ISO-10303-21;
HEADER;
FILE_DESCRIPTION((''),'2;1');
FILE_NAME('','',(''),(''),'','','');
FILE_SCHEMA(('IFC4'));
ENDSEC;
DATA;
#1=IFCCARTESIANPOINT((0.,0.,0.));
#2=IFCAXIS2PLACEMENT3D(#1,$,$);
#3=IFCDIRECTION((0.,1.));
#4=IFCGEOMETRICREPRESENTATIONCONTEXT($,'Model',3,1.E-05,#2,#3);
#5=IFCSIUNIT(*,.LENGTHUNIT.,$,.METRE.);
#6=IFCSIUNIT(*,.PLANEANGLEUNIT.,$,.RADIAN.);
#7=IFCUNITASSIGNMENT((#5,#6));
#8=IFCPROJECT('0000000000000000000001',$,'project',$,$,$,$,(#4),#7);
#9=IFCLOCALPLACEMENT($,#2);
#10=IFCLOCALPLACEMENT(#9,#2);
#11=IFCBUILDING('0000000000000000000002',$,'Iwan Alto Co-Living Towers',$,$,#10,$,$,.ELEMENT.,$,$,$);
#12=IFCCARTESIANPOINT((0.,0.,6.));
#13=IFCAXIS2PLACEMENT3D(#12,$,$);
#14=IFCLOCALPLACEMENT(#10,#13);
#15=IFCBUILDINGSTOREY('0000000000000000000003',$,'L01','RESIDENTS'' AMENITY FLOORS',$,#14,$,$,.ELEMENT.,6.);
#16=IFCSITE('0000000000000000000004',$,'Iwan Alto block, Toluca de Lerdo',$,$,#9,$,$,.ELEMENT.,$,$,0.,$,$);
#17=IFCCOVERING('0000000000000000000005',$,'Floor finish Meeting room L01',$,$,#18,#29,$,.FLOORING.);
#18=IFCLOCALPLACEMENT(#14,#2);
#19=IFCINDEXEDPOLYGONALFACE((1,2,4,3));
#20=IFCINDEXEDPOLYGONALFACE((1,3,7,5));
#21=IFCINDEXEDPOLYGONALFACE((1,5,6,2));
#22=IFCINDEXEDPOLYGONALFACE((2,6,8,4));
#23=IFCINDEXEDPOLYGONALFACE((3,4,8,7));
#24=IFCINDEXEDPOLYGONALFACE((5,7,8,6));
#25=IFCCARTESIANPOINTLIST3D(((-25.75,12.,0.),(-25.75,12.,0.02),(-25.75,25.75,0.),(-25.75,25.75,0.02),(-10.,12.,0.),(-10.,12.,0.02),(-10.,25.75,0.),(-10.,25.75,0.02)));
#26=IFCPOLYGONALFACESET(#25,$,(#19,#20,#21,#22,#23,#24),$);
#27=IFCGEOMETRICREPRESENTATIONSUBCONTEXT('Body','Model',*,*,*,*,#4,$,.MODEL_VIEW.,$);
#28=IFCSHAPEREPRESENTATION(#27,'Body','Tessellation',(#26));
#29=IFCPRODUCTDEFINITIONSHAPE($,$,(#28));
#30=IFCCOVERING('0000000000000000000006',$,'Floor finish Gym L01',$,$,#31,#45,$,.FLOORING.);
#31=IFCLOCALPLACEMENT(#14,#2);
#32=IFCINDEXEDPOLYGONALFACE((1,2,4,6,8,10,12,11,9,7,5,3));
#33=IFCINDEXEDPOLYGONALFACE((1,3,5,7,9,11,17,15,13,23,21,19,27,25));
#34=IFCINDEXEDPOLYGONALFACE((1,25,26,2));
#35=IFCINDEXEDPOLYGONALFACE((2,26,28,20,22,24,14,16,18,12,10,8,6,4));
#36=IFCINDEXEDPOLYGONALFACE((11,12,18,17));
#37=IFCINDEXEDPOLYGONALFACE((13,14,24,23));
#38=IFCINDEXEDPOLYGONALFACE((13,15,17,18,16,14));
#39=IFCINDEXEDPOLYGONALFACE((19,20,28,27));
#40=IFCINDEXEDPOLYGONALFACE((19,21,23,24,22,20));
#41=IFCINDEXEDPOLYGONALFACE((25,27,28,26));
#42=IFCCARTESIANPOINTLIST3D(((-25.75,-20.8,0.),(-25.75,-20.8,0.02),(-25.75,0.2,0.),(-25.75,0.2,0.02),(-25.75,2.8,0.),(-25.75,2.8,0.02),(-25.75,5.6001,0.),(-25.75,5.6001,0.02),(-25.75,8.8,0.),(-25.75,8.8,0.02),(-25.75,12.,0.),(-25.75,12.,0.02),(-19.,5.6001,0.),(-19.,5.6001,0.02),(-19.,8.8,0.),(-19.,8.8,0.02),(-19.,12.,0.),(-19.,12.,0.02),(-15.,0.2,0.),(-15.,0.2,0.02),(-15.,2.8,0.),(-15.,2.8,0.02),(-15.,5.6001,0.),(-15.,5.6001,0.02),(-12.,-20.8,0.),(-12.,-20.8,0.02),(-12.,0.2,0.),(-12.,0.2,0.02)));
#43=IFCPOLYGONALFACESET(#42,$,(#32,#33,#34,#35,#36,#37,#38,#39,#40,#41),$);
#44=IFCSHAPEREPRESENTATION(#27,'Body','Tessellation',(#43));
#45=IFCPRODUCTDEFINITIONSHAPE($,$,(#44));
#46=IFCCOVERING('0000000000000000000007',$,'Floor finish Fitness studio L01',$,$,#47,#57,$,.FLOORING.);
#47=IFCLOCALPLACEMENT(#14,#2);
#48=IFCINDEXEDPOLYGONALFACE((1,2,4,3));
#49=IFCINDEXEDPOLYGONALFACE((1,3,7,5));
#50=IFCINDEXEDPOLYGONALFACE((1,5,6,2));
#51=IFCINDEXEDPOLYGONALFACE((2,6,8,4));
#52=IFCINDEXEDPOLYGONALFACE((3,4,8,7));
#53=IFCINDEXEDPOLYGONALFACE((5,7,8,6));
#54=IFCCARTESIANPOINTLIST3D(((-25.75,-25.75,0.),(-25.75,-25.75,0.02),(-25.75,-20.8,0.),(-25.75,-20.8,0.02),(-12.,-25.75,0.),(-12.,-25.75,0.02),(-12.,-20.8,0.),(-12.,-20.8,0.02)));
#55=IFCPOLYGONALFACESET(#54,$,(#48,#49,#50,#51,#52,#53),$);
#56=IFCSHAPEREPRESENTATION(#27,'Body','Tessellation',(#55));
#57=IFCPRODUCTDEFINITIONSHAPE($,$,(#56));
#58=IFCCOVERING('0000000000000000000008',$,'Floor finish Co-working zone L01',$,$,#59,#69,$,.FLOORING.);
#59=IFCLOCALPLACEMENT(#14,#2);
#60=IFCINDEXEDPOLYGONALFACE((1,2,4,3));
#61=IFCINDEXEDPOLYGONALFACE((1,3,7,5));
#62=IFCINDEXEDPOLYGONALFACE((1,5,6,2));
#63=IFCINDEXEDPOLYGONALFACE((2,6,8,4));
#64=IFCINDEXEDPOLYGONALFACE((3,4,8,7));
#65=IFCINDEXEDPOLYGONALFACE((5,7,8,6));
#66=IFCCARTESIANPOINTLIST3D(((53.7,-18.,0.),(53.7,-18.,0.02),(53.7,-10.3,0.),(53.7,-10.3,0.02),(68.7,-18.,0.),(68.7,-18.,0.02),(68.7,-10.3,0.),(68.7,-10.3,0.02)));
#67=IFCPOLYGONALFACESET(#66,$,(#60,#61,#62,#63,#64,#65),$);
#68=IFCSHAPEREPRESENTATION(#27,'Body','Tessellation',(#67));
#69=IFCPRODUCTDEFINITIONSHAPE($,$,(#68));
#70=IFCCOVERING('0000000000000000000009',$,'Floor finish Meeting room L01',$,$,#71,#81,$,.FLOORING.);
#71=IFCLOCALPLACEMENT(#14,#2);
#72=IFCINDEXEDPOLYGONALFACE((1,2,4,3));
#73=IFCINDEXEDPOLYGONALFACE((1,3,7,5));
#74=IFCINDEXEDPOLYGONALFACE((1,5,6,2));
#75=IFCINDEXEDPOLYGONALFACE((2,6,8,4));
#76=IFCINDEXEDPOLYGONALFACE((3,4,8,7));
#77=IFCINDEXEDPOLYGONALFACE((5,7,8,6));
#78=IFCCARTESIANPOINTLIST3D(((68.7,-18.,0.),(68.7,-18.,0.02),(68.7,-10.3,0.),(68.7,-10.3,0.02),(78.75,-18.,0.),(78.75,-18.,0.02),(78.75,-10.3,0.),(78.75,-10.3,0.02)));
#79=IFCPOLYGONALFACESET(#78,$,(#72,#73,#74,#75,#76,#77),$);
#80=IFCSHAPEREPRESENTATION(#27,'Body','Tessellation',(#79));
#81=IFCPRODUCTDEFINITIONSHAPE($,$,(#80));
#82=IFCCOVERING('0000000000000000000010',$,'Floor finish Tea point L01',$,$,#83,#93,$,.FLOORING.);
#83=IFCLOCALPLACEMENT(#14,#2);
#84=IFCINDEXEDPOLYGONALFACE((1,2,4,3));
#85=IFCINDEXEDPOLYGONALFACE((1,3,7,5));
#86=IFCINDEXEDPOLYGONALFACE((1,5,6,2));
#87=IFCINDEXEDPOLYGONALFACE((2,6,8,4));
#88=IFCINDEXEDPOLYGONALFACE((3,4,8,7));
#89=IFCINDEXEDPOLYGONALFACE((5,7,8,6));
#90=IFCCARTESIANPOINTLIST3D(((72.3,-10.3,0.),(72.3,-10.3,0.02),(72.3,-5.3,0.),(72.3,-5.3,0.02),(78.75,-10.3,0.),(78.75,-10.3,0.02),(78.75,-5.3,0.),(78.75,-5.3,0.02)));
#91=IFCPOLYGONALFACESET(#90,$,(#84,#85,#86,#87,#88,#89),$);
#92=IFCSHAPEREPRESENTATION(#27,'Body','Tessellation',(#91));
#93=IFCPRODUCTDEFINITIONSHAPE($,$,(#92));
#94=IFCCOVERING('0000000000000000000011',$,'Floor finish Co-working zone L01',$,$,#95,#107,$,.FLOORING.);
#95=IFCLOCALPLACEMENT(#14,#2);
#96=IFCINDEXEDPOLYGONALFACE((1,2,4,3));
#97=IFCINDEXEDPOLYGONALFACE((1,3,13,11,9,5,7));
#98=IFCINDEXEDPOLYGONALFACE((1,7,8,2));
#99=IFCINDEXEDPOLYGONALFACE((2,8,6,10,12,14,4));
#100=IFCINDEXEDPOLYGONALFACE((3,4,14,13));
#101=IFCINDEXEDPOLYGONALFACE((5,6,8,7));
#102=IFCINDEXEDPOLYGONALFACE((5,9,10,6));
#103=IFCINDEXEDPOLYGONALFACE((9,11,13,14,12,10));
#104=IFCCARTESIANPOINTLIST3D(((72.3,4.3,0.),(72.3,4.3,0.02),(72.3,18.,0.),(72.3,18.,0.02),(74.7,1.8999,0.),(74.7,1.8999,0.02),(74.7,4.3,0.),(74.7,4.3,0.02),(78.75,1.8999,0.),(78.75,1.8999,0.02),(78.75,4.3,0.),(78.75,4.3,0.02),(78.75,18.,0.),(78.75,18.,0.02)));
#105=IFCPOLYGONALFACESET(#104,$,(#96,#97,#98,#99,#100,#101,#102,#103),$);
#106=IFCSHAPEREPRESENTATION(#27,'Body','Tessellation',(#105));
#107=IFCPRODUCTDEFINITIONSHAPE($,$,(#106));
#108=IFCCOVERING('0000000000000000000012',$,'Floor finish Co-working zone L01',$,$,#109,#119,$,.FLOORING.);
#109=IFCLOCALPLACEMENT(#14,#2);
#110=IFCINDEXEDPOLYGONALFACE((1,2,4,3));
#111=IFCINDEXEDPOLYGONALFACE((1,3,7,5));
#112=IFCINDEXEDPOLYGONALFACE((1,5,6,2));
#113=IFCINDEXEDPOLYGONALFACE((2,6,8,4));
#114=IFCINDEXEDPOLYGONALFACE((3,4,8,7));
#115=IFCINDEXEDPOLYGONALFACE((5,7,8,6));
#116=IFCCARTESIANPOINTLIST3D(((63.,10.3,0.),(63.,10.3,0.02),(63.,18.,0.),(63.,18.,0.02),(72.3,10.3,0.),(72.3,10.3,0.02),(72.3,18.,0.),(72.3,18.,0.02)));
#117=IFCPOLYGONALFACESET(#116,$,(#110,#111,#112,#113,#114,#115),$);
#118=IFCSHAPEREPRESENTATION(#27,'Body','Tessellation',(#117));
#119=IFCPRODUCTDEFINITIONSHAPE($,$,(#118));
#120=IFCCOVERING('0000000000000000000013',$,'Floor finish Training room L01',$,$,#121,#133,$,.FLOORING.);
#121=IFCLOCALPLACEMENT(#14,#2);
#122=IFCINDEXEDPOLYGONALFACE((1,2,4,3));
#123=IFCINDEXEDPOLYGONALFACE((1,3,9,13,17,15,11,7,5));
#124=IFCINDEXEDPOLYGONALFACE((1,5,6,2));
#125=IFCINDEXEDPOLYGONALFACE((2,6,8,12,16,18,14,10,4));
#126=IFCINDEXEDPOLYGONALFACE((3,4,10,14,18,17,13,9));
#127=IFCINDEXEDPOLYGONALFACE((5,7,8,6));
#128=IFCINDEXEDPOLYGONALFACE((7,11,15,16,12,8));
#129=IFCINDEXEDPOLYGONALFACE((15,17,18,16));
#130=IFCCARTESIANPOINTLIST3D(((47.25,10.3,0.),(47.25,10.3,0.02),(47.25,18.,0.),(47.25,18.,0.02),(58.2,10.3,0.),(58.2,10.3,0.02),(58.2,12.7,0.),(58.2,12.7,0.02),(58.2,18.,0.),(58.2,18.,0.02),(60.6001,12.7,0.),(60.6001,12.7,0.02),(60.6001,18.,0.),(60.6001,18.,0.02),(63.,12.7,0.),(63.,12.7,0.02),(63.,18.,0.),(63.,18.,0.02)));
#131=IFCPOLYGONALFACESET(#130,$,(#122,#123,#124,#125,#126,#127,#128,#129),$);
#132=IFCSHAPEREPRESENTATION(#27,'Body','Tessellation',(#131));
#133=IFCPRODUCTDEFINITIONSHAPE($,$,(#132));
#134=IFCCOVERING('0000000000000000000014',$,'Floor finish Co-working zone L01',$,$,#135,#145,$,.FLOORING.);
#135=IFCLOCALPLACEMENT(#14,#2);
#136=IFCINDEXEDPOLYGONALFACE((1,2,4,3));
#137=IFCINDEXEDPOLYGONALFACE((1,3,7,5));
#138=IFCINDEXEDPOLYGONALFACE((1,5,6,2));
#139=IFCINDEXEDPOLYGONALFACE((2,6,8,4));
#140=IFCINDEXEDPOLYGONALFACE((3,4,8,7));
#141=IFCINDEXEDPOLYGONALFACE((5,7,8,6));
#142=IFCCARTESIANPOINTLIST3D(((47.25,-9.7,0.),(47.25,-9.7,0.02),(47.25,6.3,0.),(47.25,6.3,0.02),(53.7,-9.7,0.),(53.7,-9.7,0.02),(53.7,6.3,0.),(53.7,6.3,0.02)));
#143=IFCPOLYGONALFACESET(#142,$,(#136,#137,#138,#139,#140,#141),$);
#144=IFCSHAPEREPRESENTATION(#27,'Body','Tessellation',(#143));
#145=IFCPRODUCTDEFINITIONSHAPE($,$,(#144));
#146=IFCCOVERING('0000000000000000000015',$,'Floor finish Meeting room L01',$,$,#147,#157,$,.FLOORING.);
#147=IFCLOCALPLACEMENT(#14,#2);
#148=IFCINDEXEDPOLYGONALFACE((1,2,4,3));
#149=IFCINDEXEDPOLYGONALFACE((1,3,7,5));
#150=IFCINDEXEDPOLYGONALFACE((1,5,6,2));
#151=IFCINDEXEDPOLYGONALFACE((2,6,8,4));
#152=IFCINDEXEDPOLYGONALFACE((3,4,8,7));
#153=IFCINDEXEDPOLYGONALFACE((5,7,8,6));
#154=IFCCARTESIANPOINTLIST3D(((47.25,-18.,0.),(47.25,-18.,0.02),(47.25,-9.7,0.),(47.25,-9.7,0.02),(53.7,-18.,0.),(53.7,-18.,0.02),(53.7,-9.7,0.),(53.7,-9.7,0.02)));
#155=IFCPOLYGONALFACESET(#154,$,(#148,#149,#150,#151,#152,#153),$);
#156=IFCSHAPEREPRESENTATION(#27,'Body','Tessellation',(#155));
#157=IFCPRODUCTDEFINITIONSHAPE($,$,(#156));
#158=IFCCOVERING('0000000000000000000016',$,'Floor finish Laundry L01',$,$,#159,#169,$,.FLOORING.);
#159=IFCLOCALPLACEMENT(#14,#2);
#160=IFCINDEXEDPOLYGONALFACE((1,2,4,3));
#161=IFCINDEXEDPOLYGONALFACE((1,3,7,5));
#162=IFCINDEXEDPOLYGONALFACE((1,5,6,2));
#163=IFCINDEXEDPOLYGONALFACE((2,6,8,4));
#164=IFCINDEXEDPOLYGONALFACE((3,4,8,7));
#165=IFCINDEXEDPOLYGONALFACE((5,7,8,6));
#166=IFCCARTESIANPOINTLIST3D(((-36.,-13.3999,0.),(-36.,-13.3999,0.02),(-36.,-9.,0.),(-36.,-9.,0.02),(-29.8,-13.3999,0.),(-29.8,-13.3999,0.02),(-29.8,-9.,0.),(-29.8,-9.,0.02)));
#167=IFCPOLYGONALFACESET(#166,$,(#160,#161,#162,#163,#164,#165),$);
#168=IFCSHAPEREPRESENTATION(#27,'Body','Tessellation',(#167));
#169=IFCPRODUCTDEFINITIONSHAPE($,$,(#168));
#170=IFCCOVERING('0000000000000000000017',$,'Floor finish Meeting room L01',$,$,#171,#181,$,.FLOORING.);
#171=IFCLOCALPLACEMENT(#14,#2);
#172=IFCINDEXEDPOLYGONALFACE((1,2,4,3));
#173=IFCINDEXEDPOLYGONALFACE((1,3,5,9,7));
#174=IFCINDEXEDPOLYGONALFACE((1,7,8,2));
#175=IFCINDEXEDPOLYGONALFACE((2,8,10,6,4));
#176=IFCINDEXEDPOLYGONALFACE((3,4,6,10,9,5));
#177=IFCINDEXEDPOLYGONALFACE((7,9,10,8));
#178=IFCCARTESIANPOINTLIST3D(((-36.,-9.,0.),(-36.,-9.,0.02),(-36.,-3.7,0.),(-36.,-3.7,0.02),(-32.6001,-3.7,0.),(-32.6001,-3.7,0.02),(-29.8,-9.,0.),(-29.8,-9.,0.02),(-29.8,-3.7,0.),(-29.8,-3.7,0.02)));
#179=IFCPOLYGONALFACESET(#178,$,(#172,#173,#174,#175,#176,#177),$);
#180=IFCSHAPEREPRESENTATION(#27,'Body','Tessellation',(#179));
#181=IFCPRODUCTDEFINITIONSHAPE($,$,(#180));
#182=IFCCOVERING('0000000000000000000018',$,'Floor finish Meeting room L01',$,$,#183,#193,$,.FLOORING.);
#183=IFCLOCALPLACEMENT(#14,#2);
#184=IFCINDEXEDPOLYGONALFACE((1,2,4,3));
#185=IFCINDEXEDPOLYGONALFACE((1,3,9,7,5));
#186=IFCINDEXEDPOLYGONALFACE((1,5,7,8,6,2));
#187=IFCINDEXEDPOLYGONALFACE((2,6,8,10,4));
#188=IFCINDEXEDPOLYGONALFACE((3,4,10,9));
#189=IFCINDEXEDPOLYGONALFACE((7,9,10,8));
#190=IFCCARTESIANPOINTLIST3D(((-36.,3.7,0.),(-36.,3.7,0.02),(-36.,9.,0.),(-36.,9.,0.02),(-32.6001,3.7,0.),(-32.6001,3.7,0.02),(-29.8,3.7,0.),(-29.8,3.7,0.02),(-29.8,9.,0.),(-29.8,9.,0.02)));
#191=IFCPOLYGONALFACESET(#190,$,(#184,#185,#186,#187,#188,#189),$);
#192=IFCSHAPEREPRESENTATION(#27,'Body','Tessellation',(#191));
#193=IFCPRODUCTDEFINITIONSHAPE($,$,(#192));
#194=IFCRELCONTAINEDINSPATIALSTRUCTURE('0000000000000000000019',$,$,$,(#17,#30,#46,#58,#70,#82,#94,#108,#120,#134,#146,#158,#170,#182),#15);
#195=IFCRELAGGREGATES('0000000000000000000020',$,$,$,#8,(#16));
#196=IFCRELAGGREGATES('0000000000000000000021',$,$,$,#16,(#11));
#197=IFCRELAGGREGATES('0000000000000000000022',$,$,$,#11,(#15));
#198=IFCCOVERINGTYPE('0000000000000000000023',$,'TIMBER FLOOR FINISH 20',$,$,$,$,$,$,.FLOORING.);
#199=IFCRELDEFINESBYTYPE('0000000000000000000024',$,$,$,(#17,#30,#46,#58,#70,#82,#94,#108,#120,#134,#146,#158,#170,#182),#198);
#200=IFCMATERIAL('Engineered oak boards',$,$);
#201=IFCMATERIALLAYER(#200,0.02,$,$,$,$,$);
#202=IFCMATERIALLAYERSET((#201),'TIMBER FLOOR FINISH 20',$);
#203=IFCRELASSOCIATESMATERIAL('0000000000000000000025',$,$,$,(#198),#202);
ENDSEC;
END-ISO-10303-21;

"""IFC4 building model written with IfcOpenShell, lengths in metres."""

from ifc_helpers import new_model, si_unit, direction, frame, origin, place, context, subcontext, project, spatial, polyline, outline, extrude, material, layer, layer_set, type_object, element, save


model = new_model("IFC4")

# Units and contexts
model_context = context("Model", 3, precision=1e-05, world=origin(), true_north=direction((0.0, 1.0)))
body_context = subcontext(model_context, "Body", "Model", "MODEL_VIEW")
ifc_project = project(units=[si_unit("LENGTHUNIT", "METRE"), si_unit("PLANEANGLEUNIT", "RADIAN")], contexts=[model_context])

# Site, building, storey
site_placement = place(None, origin())
site = spatial("IfcSite", under=ifc_project, at=site_placement, Name="Iwan Alto block, Toluca de Lerdo", CompositionType="ELEMENT", RefElevation=0.0)
building_placement = place(site_placement, origin())
building = spatial("IfcBuilding", under=site, at=building_placement, Name="Iwan Alto Co-Living Towers", CompositionType="ELEMENT")
storey_placement = place(building_placement, frame((0.0, 0.0, 6.0)))
storey = spatial("IfcBuildingStorey", under=building, at=storey_placement, Name="L01", Description="RESIDENTS' AMENITY FLOORS", CompositionType="ELEMENT", Elevation=6.0)

# Coverings
ifc_material_1 = material(Name="Engineered oak boards")
ifc_layer_1 = layer(ifc_material_1, 0.02)
ifc_layer_set_1 = layer_set([ifc_layer_1], Name="TIMBER FLOOR FINISH 20")
covering_type_1 = type_object("IfcCoveringType", Name="TIMBER FLOOR FINISH 20", PredefinedType="FLOORING", material=ifc_layer_set_1)
covering_1_placement = place(storey_placement, origin())
element("IfcCovering", 1, at=covering_1_placement, inside=storey, type_object=covering_type_1, Name="Floor finish Meeting room L01", PredefinedType="FLOORING", context=body_context, shape_type="SweptSolid", body=[
    extrude(outline(polyline([(-25.75, 12.0), (-25.75, 25.75), (-10.0, 25.75), (-10.0, 12.0), (-25.75, 12.0)])), origin(), (0.0, 0.0, 1.0), 0.02),
])
covering_2_placement = place(storey_placement, origin())
element("IfcCovering", 2, at=covering_2_placement, inside=storey, type_object=covering_type_1, Name="Floor finish Gym L01", PredefinedType="FLOORING", context=body_context, shape_type="SweptSolid", body=[
    extrude(outline(polyline([(-12.0, -20.8), (-25.75, -20.8), (-25.75, 0.2), (-25.75, 2.8), (-25.75, 5.6001), (-25.75, 8.8), (-25.75, 12.0), (-19.0, 12.0), (-19.0, 8.8), (-19.0, 5.6001), (-15.0, 5.6001), (-15.0, 2.8), (-15.0, 0.2), (-12.0, 0.2), (-12.0, -20.8)])), origin(), (0.0, 0.0, 1.0), 0.02),
])
covering_3_placement = place(storey_placement, origin())
element("IfcCovering", 3, at=covering_3_placement, inside=storey, type_object=covering_type_1, Name="Floor finish Fitness studio L01", PredefinedType="FLOORING", context=body_context, shape_type="SweptSolid", body=[
    extrude(outline(polyline([(-25.75, -25.75), (-25.75, -20.8), (-12.0, -20.8), (-12.0, -25.75), (-25.75, -25.75)])), origin(), (0.0, 0.0, 1.0), 0.02),
])
covering_4_placement = place(storey_placement, origin())
element("IfcCovering", 4, at=covering_4_placement, inside=storey, type_object=covering_type_1, Name="Floor finish Co-working zone L01", PredefinedType="FLOORING", context=body_context, shape_type="SweptSolid", body=[
    extrude(outline(polyline([(53.7, -18.0), (53.7, -10.3), (68.7, -10.3), (68.7, -18.0), (53.7, -18.0)])), origin(), (0.0, 0.0, 1.0), 0.02),
])
covering_5_placement = place(storey_placement, origin())
element("IfcCovering", 5, at=covering_5_placement, inside=storey, type_object=covering_type_1, Name="Floor finish Meeting room L01", PredefinedType="FLOORING", context=body_context, shape_type="SweptSolid", body=[
    extrude(outline(polyline([(68.7, -18.0), (68.7, -10.3), (78.75, -10.3), (78.75, -18.0), (68.7, -18.0)])), origin(), (0.0, 0.0, 1.0), 0.02),
])
covering_6_placement = place(storey_placement, origin())
element("IfcCovering", 6, at=covering_6_placement, inside=storey, type_object=covering_type_1, Name="Floor finish Tea point L01", PredefinedType="FLOORING", context=body_context, shape_type="SweptSolid", body=[
    extrude(outline(polyline([(72.3, -10.3), (72.3, -5.3), (78.75, -5.3), (78.75, -10.3), (72.3, -10.3)])), origin(), (0.0, 0.0, 1.0), 0.02),
])
covering_7_placement = place(storey_placement, origin())
element("IfcCovering", 7, at=covering_7_placement, inside=storey, type_object=covering_type_1, Name="Floor finish Co-working zone L01", PredefinedType="FLOORING", context=body_context, shape_type="SweptSolid", body=[
    extrude(outline(polyline([(74.7, 1.8999), (74.7, 4.3), (72.3, 4.3), (72.3, 18.0), (78.75, 18.0), (78.75, 4.3), (78.75, 1.8999), (74.7, 1.8999)])), origin(), (0.0, 0.0, 1.0), 0.02),
])
covering_8_placement = place(storey_placement, origin())
element("IfcCovering", 8, at=covering_8_placement, inside=storey, type_object=covering_type_1, Name="Floor finish Co-working zone L01", PredefinedType="FLOORING", context=body_context, shape_type="SweptSolid", body=[
    extrude(outline(polyline([(63.0, 10.3), (63.0, 18.0), (72.3, 18.0), (72.3, 10.3), (63.0, 10.3)])), origin(), (0.0, 0.0, 1.0), 0.02),
])
covering_9_placement = place(storey_placement, origin())
element("IfcCovering", 9, at=covering_9_placement, inside=storey, type_object=covering_type_1, Name="Floor finish Training room L01", PredefinedType="FLOORING", context=body_context, shape_type="SweptSolid", body=[
    extrude(outline(polyline([(47.25, 10.3), (47.25, 18.0), (58.2, 18.0), (60.6001, 18.0), (63.0, 18.0), (63.0, 12.7), (60.6001, 12.7), (58.2, 12.7), (58.2, 10.3), (47.25, 10.3)])), origin(), (0.0, 0.0, 1.0), 0.02),
])
covering_10_placement = place(storey_placement, origin())
element("IfcCovering", 10, at=covering_10_placement, inside=storey, type_object=covering_type_1, Name="Floor finish Co-working zone L01", PredefinedType="FLOORING", context=body_context, shape_type="SweptSolid", body=[
    extrude(outline(polyline([(47.25, -9.7), (47.25, 6.3), (53.7, 6.3), (53.7, -9.7), (47.25, -9.7)])), origin(), (0.0, 0.0, 1.0), 0.02),
])
covering_11_placement = place(storey_placement, origin())
element("IfcCovering", 11, at=covering_11_placement, inside=storey, type_object=covering_type_1, Name="Floor finish Meeting room L01", PredefinedType="FLOORING", context=body_context, shape_type="SweptSolid", body=[
    extrude(outline(polyline([(47.25, -18.0), (47.25, -9.7), (53.7, -9.7), (53.7, -18.0), (47.25, -18.0)])), origin(), (0.0, 0.0, 1.0), 0.02),
])
covering_12_placement = place(storey_placement, origin())
element("IfcCovering", 12, at=covering_12_placement, inside=storey, type_object=covering_type_1, Name="Floor finish Laundry L01", PredefinedType="FLOORING", context=body_context, shape_type="SweptSolid", body=[
    extrude(outline(polyline([(-29.8, -9.0), (-29.8, -13.3999), (-36.0, -13.3999), (-36.0, -9.0), (-29.8, -9.0)])), origin(), (0.0, 0.0, 1.0), 0.02),
])
covering_13_placement = place(storey_placement, origin())
element("IfcCovering", 13, at=covering_13_placement, inside=storey, type_object=covering_type_1, Name="Floor finish Meeting room L01", PredefinedType="FLOORING", context=body_context, shape_type="SweptSolid", body=[
    extrude(outline(polyline([(-36.0, -9.0), (-36.0, -3.7), (-32.6001, -3.7), (-29.8, -3.7), (-29.8, -9.0), (-36.0, -9.0)])), origin(), (0.0, 0.0, 1.0), 0.02),
])
covering_14_placement = place(storey_placement, origin())
element("IfcCovering", 14, at=covering_14_placement, inside=storey, type_object=covering_type_1, Name="Floor finish Meeting room L01", PredefinedType="FLOORING", context=body_context, shape_type="SweptSolid", body=[
    extrude(outline(polyline([(-29.8, 3.7), (-32.6001, 3.7), (-36.0, 3.7), (-36.0, 9.0), (-29.8, 9.0), (-29.8, 3.7)])), origin(), (0.0, 0.0, 1.0), 0.02),
])

save(model, "model.ifc")
